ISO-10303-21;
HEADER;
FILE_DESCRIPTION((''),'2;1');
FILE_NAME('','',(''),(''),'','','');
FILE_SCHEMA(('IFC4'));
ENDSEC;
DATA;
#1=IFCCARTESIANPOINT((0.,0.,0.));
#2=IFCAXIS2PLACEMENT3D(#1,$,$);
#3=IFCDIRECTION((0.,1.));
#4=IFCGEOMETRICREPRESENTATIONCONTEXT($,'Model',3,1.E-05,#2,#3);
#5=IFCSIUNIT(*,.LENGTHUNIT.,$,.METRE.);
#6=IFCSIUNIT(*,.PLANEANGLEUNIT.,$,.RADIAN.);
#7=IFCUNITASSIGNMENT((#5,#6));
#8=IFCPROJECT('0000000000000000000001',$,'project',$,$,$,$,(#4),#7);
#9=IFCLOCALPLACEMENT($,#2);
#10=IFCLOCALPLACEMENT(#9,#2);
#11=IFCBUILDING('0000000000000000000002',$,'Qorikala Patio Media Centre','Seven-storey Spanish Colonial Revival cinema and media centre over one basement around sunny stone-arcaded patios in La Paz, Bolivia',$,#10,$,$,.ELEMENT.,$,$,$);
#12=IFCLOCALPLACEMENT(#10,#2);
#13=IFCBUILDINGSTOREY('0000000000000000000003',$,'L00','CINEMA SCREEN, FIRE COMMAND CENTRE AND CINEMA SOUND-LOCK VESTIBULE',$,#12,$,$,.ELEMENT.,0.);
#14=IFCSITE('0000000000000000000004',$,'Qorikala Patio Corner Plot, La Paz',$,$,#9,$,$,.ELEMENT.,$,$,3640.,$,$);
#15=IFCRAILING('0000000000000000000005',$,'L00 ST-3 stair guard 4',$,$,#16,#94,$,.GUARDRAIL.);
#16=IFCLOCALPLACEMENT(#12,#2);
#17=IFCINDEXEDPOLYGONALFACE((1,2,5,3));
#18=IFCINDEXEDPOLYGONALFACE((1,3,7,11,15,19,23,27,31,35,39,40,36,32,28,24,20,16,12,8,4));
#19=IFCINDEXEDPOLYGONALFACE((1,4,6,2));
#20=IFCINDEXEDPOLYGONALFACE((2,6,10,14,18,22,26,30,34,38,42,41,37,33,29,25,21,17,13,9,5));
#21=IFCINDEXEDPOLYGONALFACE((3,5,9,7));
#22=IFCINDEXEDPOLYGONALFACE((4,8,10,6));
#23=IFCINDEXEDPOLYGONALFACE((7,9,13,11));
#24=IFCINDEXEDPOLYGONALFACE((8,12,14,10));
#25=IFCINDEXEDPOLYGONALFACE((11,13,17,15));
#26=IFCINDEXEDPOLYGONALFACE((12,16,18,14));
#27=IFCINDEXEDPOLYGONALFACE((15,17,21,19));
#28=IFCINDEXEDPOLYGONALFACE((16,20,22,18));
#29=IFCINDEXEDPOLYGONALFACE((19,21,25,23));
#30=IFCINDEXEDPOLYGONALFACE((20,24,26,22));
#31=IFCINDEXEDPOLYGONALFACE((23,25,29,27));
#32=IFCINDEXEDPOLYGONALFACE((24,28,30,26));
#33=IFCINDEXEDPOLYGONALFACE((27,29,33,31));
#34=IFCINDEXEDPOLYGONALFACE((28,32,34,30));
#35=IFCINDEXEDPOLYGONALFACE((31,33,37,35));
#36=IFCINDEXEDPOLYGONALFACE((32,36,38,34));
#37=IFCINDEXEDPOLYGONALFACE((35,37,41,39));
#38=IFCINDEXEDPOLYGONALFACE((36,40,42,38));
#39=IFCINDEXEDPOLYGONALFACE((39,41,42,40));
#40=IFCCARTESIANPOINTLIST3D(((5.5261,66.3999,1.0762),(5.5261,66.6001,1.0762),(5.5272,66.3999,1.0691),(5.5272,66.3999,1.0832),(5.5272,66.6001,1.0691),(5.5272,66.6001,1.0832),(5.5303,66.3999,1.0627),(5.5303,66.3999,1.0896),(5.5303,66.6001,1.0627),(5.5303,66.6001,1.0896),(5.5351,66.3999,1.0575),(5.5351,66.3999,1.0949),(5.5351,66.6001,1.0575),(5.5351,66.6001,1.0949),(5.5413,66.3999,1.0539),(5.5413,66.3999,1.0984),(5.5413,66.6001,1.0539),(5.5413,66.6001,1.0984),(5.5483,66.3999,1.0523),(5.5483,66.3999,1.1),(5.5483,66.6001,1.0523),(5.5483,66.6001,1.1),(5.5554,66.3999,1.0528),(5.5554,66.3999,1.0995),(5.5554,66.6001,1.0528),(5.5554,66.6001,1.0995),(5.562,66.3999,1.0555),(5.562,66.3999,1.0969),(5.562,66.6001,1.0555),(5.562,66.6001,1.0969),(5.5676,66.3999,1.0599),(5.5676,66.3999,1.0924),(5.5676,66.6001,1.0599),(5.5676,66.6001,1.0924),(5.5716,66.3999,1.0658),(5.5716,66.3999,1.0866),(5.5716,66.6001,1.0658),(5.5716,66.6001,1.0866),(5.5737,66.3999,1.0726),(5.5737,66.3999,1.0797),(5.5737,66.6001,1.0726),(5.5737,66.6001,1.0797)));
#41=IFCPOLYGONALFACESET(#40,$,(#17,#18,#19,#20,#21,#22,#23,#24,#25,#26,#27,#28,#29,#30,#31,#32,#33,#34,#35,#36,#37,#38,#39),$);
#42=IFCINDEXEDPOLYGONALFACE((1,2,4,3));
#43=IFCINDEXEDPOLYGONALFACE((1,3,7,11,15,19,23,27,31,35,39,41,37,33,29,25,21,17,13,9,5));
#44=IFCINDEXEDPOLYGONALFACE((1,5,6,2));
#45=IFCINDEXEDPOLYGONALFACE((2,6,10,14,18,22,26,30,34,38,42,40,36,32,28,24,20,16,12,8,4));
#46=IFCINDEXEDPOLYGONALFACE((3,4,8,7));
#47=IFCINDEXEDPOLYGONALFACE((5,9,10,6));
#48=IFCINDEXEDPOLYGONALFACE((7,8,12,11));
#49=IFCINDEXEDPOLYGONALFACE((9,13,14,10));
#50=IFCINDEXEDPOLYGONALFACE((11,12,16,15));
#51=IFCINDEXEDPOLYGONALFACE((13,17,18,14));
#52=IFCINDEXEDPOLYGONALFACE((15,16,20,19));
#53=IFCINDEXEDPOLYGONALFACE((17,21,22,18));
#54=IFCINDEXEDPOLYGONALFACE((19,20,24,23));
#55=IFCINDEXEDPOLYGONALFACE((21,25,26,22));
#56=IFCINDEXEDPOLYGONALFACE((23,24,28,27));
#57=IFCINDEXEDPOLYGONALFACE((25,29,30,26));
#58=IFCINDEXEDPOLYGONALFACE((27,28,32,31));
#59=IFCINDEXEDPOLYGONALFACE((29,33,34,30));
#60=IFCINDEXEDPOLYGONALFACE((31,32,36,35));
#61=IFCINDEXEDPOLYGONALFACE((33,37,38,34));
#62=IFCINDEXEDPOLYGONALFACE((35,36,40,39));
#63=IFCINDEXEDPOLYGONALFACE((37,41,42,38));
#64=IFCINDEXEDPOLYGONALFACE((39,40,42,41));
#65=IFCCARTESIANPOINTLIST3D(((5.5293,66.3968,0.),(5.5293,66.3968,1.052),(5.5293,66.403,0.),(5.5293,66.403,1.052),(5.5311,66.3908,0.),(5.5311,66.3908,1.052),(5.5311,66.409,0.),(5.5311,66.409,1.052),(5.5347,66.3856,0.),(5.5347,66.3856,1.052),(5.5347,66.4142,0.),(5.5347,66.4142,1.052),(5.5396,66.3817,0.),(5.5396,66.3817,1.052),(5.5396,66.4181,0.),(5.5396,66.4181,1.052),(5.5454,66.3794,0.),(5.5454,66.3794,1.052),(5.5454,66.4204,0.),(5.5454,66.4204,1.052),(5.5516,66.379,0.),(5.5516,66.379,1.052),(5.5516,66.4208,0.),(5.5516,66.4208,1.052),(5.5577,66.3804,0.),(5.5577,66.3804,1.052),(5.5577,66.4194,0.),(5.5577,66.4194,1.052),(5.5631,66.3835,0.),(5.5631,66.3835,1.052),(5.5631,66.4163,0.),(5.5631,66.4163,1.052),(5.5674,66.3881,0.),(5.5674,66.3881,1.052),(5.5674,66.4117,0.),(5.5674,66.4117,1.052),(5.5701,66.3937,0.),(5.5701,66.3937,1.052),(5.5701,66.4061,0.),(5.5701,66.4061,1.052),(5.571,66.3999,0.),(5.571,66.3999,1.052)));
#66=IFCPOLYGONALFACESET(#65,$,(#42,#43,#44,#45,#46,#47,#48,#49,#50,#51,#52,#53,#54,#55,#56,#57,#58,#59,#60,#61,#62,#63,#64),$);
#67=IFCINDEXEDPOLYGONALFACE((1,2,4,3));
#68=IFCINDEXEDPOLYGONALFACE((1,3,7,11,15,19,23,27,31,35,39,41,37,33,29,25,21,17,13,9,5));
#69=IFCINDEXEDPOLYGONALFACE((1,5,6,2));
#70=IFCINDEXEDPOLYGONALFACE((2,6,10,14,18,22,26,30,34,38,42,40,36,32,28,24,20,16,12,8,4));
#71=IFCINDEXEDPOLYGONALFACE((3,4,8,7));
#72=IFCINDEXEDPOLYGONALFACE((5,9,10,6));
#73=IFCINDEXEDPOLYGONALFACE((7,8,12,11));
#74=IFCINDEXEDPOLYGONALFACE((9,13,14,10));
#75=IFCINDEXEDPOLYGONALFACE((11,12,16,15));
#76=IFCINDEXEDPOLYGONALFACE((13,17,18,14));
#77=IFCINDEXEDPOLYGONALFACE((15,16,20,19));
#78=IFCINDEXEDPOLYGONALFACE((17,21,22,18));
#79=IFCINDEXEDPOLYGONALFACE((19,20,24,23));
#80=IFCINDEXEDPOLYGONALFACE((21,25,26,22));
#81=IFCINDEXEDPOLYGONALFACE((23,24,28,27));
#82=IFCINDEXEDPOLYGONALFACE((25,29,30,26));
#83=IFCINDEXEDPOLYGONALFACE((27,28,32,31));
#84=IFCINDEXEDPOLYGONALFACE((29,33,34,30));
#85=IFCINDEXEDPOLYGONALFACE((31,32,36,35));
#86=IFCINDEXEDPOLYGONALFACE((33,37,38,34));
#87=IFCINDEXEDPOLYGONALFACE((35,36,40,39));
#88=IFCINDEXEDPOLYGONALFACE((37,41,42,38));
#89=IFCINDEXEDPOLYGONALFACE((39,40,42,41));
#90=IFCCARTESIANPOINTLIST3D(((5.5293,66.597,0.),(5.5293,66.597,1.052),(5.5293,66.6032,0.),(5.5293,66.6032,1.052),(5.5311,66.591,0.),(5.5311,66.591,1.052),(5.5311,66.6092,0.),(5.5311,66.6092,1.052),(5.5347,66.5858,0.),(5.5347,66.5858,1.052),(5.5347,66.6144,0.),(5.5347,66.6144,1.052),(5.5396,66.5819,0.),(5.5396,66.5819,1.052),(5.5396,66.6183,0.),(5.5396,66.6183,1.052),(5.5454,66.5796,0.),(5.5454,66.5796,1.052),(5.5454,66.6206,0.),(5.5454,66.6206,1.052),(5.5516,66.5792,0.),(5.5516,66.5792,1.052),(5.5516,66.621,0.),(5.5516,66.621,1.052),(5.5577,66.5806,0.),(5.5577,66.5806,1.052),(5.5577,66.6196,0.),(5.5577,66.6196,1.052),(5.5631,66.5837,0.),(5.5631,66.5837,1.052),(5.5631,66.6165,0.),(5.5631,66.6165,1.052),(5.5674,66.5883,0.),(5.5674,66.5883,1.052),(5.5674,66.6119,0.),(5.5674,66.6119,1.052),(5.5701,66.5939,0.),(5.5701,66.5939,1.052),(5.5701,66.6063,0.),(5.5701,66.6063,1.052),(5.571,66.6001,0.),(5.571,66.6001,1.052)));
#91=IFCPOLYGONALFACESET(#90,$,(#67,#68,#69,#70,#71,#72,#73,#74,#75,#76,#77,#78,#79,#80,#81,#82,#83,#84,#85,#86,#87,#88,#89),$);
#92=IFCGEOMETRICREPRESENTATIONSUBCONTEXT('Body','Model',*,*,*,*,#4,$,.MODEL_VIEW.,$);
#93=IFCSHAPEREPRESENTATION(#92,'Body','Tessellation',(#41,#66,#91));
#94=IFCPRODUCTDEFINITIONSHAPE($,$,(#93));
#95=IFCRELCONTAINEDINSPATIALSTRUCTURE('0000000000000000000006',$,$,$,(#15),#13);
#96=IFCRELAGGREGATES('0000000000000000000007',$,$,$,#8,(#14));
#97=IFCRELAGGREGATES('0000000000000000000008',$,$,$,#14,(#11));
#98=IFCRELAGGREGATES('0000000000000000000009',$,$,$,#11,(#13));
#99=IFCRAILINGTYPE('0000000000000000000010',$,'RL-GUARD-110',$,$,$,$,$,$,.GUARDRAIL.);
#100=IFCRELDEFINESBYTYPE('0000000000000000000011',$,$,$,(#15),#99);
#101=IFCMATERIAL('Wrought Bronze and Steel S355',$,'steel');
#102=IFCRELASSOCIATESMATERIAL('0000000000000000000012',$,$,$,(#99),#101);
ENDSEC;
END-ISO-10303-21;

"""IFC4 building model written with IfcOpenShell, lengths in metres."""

from ifc_helpers import new_model, si_unit, direction, frame, origin, origin_2d, place, context, subcontext, project, spatial, circle, extrude, material, type_object, element, save


model = new_model("IFC4")

# Units and contexts
model_context = context("Model", 3, precision=1e-05, world=origin(), true_north=direction((0.0, 1.0)))
body_context = subcontext(model_context, "Body", "Model", "MODEL_VIEW")
ifc_project = project(units=[si_unit("LENGTHUNIT", "METRE"), si_unit("PLANEANGLEUNIT", "RADIAN")], contexts=[model_context])

# Site, building, storey
site_placement = place(None, origin())
site = spatial("IfcSite", under=ifc_project, at=site_placement, Name="Qorikala Patio Corner Plot, La Paz", CompositionType="ELEMENT", RefElevation=3640.0)
building_placement = place(site_placement, origin())
building = spatial("IfcBuilding", under=site, at=building_placement, Name="Qorikala Patio Media Centre", Description="Seven-storey Spanish Colonial Revival cinema and media centre over one basement around sunny stone-arcaded patios in La Paz, Bolivia", CompositionType="ELEMENT")
storey_placement = place(building_placement, origin())
storey = spatial("IfcBuildingStorey", under=building, at=storey_placement, Name="L00", Description="CINEMA SCREEN, FIRE COMMAND CENTRE AND CINEMA SOUND-LOCK VESTIBULE", CompositionType="ELEMENT", Elevation=0.0)

# Railing
ifc_material_1 = material(Name="Wrought Bronze and Steel S355", Category="steel")
railing_type_1 = type_object("IfcRailingType", Name="RL-GUARD-110", PredefinedType="GUARDRAIL", material=ifc_material_1)
railing_1_placement = place(storey_placement, frame((5.55, 66.3999, 0.0)))
element("IfcRailing", 1, at=railing_1_placement, inside=storey, type_object=railing_type_1, Name="L00 ST-3 stair guard 4", PredefinedType="GUARDRAIL", context=body_context, shape_type="SweptSolid", body=[
    extrude(circle(Radius=0.0239, at=origin_2d()), frame((0.0, 0.0, 1.0762), z_axis=(0.0, 1.0, 0.0), x_axis=(-1.0, 0.0, 0.0)), (0.0, 0.0, 1.0), 0.2002),
    extrude(circle(Radius=0.021, at=origin_2d()), origin(), (0.0, 0.0, 1.0), 1.052),
    extrude(circle(Radius=0.021, at=origin_2d()), frame((0.0, 0.2002, 0.0)), (0.0, 0.0, 1.0), 1.052),
])

save(model, "model.ifc")
